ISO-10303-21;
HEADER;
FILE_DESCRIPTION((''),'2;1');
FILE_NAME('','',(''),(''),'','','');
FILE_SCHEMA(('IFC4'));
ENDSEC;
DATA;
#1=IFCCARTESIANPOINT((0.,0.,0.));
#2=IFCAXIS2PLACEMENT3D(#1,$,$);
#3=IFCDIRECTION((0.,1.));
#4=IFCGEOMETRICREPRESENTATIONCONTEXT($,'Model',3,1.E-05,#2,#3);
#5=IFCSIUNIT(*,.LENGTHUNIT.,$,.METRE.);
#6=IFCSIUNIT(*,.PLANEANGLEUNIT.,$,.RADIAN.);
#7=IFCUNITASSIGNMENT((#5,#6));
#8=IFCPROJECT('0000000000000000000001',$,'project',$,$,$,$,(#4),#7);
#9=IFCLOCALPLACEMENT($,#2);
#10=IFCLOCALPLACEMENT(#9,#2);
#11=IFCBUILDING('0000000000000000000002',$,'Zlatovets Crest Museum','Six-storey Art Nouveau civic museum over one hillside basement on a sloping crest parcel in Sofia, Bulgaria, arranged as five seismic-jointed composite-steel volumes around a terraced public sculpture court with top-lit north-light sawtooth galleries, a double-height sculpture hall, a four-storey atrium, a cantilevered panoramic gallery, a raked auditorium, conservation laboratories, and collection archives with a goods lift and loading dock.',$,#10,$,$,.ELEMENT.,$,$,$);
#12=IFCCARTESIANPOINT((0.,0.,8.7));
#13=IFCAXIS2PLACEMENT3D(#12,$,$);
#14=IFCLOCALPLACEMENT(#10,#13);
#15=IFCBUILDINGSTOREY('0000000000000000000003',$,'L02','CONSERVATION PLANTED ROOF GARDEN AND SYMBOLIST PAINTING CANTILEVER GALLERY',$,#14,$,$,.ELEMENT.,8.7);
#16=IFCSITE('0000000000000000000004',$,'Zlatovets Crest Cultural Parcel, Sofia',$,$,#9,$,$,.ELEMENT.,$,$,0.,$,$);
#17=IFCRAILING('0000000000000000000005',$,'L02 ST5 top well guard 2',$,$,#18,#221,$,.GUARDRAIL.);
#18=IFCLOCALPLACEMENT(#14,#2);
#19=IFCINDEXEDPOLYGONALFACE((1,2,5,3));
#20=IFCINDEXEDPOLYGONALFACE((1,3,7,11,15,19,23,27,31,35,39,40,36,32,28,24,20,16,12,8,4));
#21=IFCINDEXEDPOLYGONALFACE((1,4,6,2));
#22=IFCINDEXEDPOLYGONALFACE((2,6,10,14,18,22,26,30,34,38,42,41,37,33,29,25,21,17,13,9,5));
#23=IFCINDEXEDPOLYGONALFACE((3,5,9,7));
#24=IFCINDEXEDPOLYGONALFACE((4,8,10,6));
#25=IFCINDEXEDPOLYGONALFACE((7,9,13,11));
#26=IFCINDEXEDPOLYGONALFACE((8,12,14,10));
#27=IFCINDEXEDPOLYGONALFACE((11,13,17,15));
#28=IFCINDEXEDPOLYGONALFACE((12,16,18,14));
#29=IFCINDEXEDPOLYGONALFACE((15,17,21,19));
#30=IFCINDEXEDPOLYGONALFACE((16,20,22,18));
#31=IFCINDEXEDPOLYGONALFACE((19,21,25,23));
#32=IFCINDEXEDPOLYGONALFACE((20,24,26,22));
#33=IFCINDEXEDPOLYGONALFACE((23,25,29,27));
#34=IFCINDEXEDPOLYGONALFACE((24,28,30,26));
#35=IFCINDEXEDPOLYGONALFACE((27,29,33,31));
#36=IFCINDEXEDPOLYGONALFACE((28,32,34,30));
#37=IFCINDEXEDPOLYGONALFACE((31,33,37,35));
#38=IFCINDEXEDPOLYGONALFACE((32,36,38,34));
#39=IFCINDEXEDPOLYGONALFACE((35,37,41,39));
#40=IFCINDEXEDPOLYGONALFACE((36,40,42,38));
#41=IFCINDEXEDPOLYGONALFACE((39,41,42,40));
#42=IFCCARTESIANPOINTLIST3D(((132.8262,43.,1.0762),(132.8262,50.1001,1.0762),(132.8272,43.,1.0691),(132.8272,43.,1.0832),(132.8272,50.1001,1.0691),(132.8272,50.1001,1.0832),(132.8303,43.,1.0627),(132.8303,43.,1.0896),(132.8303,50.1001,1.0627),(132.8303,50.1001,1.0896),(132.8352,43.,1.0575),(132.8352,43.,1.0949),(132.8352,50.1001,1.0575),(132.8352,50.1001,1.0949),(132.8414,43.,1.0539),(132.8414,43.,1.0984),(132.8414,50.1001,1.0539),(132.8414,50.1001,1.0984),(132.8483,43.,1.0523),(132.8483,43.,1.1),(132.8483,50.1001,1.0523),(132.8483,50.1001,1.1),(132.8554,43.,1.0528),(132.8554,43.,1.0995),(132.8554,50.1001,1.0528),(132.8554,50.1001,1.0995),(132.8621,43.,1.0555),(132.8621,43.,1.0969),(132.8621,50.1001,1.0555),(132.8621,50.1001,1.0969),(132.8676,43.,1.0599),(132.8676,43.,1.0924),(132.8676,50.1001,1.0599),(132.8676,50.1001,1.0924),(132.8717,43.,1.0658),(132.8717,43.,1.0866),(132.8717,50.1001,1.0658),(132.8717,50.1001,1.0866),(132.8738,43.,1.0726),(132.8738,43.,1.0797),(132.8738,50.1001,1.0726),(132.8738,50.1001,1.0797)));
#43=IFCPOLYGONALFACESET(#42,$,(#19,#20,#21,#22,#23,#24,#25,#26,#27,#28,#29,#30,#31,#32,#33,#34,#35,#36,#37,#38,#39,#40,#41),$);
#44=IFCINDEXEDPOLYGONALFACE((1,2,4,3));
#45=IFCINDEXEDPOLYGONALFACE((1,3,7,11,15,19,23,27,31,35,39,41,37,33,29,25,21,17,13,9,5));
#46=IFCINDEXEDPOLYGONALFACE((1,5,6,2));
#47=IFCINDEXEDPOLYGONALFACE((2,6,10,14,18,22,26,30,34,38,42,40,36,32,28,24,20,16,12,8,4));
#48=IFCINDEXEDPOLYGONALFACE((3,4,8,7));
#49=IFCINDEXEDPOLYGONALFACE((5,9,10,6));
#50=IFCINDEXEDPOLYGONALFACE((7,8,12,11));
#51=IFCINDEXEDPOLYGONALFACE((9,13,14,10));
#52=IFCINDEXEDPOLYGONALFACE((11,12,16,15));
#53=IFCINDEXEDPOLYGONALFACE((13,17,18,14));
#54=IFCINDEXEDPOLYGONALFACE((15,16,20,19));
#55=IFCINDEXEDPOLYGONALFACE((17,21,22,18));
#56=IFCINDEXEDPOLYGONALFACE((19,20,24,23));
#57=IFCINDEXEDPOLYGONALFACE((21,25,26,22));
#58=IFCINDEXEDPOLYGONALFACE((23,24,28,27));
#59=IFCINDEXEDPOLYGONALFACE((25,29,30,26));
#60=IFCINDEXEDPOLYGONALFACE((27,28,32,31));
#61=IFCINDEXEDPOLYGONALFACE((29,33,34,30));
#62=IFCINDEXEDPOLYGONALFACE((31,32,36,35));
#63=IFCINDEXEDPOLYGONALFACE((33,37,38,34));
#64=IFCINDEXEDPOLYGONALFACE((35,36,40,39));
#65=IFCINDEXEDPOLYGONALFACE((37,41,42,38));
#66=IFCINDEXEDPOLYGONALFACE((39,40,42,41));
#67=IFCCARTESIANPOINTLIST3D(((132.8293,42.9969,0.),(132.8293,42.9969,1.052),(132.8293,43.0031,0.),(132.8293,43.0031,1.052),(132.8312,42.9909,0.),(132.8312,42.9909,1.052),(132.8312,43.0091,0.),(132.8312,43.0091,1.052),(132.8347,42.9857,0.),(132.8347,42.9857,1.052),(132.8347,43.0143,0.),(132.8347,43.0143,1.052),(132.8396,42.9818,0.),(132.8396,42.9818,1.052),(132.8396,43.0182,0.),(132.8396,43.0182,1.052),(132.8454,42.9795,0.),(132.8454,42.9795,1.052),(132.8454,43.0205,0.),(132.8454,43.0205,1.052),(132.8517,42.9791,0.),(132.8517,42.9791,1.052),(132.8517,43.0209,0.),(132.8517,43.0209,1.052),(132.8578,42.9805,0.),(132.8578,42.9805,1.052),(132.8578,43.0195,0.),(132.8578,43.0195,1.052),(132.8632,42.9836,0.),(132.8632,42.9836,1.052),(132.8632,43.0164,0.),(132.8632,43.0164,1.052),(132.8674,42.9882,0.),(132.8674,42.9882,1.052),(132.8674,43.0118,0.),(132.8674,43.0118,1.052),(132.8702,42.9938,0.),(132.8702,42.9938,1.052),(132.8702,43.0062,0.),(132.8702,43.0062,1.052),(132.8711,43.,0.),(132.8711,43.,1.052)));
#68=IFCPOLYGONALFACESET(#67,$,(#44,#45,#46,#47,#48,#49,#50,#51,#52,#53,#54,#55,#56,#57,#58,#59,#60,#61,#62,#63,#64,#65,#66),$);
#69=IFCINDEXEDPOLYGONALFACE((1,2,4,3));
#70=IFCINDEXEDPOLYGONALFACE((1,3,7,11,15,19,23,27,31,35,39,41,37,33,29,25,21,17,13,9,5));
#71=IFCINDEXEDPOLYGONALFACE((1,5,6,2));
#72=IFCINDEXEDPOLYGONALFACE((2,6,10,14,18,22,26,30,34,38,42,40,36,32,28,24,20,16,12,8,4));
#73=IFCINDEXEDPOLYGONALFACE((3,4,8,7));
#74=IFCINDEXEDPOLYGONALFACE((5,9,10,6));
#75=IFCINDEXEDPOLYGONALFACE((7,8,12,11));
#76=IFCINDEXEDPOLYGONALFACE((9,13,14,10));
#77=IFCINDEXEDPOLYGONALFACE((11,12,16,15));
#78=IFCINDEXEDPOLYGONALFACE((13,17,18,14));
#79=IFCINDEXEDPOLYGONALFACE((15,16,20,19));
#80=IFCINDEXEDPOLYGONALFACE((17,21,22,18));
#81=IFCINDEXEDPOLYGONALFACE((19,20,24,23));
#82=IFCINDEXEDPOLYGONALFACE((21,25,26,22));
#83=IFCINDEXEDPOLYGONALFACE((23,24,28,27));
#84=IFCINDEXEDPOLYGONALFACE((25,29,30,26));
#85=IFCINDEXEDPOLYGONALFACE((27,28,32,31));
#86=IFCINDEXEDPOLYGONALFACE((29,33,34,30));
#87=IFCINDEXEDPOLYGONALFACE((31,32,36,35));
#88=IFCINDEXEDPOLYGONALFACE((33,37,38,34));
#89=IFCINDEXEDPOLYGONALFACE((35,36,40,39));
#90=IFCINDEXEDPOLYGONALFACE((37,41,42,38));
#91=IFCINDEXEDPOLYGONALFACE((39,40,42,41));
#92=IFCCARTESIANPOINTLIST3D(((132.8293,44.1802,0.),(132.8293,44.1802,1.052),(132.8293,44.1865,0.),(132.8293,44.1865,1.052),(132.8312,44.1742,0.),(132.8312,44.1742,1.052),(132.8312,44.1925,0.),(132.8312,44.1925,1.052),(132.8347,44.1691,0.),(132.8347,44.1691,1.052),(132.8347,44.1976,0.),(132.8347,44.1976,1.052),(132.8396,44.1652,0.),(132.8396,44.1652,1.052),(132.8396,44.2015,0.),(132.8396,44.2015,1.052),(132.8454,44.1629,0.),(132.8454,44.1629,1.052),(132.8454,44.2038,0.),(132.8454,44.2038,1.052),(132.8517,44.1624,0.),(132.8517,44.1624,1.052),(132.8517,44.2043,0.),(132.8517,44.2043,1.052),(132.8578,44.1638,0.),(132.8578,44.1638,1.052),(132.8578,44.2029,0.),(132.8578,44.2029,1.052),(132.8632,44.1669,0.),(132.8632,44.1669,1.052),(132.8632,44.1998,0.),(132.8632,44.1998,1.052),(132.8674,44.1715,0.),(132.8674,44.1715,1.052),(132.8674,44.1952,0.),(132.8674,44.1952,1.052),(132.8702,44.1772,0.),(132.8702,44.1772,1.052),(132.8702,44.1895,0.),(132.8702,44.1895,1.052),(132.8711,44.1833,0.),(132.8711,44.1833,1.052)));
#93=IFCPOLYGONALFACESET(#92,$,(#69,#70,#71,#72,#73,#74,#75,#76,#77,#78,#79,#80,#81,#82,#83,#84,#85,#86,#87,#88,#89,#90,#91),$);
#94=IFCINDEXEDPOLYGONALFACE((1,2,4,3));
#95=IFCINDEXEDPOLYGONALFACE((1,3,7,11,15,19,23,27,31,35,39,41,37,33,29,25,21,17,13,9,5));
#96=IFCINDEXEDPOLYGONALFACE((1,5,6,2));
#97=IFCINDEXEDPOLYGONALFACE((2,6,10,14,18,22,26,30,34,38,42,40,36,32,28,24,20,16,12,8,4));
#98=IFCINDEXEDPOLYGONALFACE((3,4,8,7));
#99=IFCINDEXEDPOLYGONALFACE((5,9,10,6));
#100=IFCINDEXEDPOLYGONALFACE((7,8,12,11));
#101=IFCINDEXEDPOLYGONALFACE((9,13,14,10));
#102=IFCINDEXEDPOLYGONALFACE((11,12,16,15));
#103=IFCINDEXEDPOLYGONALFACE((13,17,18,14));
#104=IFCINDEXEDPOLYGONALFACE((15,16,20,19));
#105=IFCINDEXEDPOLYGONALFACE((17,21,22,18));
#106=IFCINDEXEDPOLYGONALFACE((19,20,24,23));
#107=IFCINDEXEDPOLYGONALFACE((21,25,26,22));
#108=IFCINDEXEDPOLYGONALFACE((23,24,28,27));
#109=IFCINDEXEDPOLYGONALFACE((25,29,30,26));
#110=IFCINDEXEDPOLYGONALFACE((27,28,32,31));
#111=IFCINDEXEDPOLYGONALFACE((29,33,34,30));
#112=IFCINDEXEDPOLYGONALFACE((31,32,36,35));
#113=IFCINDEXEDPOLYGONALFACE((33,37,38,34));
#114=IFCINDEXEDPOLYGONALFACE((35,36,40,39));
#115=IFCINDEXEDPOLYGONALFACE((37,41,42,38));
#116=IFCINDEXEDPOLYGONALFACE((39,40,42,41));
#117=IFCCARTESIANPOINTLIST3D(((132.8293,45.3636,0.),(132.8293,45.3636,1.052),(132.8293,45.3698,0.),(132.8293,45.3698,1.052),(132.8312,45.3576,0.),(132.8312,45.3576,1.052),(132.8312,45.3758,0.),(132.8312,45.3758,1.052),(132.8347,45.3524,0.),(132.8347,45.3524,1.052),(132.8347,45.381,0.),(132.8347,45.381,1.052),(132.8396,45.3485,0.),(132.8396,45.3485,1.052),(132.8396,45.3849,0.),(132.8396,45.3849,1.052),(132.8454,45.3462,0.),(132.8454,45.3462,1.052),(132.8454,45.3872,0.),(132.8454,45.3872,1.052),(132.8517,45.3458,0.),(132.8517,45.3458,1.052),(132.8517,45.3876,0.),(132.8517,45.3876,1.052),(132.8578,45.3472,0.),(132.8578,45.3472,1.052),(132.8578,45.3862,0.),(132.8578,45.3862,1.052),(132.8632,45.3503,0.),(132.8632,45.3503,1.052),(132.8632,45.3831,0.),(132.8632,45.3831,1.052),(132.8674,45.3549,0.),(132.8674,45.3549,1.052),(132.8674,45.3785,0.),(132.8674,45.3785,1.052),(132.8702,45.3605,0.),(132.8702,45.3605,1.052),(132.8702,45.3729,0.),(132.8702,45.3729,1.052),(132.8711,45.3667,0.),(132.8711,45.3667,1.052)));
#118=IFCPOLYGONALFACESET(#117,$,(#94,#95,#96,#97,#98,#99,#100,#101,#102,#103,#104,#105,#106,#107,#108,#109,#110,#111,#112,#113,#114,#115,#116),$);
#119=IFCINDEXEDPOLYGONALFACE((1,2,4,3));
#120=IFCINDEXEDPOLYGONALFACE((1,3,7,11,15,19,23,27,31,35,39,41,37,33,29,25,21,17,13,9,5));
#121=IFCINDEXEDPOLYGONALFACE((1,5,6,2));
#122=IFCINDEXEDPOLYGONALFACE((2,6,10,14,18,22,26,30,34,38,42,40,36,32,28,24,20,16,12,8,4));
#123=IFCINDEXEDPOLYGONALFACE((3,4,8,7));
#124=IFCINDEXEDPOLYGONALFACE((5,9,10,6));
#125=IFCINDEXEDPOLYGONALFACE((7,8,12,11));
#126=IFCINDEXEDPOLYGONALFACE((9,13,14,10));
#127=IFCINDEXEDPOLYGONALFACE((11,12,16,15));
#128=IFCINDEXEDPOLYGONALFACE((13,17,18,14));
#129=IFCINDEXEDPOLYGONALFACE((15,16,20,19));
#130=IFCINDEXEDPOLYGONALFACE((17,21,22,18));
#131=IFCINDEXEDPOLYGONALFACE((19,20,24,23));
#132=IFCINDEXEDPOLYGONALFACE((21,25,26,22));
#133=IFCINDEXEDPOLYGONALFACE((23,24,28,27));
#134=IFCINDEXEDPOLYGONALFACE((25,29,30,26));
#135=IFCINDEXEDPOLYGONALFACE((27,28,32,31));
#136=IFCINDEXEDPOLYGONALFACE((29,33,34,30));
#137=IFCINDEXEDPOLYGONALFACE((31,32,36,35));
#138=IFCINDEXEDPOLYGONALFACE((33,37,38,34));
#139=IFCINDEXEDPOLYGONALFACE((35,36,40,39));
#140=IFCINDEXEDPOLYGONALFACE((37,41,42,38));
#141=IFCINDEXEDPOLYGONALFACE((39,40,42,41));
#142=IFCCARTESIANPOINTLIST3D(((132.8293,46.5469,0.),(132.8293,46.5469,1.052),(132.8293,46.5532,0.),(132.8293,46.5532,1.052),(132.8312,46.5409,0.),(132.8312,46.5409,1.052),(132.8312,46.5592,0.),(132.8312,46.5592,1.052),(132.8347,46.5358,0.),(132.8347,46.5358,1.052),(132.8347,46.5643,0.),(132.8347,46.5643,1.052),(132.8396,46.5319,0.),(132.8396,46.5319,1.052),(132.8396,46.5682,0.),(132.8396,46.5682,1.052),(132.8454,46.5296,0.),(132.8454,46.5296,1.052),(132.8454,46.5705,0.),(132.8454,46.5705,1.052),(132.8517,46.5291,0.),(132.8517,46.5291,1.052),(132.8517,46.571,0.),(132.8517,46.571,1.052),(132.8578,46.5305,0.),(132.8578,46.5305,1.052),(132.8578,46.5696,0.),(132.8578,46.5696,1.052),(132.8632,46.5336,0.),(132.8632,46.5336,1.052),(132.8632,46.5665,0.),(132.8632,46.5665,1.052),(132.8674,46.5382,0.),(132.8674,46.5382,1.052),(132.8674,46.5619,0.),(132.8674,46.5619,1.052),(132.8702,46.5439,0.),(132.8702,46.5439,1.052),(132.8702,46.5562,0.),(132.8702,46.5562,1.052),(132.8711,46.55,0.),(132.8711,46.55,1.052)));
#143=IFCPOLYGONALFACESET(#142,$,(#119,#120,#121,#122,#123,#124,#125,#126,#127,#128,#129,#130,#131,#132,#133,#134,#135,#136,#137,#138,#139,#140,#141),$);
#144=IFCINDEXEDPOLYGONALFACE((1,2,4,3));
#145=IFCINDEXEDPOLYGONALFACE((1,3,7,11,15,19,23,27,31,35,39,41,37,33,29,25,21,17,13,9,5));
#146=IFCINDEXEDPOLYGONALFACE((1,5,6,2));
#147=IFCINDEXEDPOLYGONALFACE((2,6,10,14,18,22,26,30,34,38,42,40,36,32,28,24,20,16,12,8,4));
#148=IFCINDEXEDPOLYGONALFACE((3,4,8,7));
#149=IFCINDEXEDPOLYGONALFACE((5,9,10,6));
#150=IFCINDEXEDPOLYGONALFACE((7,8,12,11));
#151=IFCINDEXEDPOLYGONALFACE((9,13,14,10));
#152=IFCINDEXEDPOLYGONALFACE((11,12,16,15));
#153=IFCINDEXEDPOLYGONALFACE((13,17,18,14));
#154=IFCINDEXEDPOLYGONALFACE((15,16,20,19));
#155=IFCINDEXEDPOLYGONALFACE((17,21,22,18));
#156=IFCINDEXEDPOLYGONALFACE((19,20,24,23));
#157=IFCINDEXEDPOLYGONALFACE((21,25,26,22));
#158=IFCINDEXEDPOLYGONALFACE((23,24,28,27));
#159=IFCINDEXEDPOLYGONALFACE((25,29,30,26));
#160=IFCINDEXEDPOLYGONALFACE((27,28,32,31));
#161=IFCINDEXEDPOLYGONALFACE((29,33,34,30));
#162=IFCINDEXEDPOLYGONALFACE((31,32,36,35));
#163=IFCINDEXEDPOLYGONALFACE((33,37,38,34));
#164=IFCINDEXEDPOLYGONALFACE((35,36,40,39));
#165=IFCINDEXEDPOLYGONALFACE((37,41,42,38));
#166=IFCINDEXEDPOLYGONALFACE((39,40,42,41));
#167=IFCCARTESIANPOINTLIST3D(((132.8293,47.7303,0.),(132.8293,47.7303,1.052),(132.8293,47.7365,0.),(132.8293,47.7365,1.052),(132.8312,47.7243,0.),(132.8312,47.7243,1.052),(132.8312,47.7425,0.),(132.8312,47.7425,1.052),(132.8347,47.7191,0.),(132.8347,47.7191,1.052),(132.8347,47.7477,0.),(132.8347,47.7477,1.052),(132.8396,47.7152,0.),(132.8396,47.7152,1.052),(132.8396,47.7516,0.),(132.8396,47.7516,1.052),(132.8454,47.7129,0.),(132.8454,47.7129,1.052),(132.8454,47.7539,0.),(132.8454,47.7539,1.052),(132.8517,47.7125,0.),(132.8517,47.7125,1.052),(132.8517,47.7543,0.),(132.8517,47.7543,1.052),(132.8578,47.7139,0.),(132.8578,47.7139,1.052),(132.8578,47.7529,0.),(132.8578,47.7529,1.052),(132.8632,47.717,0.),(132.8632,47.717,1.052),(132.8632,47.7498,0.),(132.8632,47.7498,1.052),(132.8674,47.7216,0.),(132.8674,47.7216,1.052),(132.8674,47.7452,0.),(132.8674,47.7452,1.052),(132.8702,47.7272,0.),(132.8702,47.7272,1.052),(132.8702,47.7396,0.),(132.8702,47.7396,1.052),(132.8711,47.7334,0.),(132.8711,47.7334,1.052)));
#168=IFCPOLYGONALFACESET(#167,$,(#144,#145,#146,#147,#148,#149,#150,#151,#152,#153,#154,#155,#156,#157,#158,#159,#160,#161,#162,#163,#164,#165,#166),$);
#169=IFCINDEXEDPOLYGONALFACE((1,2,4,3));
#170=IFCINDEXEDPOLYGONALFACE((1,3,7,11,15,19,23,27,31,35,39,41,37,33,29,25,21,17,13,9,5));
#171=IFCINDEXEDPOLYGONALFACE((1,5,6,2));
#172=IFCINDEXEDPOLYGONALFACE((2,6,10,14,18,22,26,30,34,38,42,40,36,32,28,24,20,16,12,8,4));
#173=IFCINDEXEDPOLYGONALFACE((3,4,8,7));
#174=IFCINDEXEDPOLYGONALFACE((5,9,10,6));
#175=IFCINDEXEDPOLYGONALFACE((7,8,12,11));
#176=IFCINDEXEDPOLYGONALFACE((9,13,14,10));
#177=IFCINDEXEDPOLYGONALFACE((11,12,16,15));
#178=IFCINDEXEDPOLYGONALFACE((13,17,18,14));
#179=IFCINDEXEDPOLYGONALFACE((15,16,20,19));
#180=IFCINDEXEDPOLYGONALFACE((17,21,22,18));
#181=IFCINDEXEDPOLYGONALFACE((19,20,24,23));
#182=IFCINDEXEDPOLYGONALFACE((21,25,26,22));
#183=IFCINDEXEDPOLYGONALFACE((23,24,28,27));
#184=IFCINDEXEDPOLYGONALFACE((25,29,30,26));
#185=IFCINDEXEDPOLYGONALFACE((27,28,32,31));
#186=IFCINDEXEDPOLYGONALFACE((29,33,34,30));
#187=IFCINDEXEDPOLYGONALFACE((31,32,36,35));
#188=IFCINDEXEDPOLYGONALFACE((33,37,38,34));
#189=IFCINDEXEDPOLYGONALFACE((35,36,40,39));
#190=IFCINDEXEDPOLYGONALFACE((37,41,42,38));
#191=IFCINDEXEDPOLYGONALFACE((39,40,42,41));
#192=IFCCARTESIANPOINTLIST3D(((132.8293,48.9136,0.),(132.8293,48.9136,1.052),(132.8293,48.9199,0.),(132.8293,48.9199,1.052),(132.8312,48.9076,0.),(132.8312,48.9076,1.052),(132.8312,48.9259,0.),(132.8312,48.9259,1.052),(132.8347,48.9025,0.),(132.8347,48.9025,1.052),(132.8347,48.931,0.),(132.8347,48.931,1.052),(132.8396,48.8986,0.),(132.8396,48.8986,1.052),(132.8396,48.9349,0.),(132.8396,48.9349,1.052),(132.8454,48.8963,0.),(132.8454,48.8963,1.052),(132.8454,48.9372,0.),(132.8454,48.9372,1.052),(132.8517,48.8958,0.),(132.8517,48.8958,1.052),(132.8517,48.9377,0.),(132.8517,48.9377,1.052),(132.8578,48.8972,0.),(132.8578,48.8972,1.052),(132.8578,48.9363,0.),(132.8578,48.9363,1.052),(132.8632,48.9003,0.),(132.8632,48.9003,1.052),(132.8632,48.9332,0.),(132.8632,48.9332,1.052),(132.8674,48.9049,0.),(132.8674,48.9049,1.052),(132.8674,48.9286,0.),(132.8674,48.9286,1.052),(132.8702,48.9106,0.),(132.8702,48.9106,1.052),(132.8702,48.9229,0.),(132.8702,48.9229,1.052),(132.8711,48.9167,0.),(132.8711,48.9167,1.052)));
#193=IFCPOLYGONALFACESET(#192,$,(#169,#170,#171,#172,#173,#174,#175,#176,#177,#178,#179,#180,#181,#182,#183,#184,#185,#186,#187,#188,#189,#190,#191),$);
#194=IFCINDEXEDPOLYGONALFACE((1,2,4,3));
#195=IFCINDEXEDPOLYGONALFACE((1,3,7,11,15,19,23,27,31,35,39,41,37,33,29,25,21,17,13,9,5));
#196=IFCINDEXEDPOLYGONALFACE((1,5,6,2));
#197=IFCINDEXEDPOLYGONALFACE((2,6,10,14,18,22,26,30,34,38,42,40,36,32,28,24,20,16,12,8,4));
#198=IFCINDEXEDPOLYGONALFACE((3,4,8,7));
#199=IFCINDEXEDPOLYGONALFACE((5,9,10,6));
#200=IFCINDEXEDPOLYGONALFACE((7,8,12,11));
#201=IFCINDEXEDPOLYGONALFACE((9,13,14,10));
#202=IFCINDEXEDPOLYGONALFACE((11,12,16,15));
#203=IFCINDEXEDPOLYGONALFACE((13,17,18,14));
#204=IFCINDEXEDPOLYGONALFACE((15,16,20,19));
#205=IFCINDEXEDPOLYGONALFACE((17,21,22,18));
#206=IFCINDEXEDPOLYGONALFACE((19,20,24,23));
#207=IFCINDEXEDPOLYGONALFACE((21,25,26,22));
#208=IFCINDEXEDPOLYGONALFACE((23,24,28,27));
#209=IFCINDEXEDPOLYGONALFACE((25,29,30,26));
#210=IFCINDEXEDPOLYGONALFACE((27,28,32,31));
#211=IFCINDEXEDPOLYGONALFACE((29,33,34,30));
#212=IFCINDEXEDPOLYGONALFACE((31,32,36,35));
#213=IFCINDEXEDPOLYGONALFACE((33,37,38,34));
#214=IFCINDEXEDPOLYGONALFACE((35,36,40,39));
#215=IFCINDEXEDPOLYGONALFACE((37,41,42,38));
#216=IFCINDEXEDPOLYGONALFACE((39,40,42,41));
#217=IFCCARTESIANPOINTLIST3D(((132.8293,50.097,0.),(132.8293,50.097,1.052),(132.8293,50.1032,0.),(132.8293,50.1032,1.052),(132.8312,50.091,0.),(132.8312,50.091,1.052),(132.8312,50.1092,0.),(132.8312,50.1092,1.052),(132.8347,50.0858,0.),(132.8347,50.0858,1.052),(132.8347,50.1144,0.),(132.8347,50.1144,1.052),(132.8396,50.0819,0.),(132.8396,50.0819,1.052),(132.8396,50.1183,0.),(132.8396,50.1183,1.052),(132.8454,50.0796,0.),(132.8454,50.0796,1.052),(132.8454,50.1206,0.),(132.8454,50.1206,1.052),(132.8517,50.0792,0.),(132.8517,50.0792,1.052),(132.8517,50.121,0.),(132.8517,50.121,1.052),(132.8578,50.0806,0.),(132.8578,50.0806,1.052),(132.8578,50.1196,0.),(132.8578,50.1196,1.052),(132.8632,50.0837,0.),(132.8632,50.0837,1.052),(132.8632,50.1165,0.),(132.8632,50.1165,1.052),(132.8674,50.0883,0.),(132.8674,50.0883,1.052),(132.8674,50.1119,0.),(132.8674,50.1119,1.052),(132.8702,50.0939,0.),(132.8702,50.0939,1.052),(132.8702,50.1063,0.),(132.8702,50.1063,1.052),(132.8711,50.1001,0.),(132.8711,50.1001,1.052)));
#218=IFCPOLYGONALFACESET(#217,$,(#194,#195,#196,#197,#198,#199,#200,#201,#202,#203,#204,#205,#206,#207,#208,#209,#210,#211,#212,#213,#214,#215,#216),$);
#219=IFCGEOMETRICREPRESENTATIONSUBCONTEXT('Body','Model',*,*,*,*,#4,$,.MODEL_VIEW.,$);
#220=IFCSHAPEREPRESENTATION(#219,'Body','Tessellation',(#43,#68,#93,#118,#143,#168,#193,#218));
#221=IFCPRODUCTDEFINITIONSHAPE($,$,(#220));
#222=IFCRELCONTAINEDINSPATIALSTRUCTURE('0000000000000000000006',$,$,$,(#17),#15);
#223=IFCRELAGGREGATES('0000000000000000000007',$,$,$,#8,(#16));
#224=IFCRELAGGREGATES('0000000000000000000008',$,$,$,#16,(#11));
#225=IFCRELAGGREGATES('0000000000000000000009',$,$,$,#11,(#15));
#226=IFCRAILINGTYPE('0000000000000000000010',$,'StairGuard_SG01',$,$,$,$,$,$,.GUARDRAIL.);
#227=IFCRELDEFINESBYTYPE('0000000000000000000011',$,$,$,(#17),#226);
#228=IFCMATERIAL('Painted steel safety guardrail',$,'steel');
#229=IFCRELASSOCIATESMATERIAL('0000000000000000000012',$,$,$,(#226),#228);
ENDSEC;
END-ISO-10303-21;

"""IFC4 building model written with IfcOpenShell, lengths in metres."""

from ifc_helpers import new_model, si_unit, direction, frame, origin, origin_2d, place, context, subcontext, project, spatial, circle, extrude, material, type_object, element, save


model = new_model("IFC4")

# Units and contexts
model_context = context("Model", 3, precision=1e-05, world=origin(), true_north=direction((0.0, 1.0)))
body_context = subcontext(model_context, "Body", "Model", "MODEL_VIEW")
ifc_project = project(units=[si_unit("LENGTHUNIT", "METRE"), si_unit("PLANEANGLEUNIT", "RADIAN")], contexts=[model_context])

# Site, building, storey
site_placement = place(None, origin())
site = spatial("IfcSite", under=ifc_project, at=site_placement, Name="Zlatovets Crest Cultural Parcel, Sofia", CompositionType="ELEMENT", RefElevation=0.0)
building_placement = place(site_placement, origin())
building = spatial("IfcBuilding", under=site, at=building_placement, Name="Zlatovets Crest Museum", Description="Six-storey Art Nouveau civic museum over one hillside basement on a sloping crest parcel in Sofia, Bulgaria, arranged as five seismic-jointed composite-steel volumes around a terraced public sculpture court with top-lit north-light sawtooth galleries, a double-height sculpture hall, a four-storey atrium, a cantilevered panoramic gallery, a raked auditorium, conservation laboratories, and collection archives with a goods lift and loading dock.", CompositionType="ELEMENT")
storey_placement = place(building_placement, frame((0.0, 0.0, 8.7)))
storey = spatial("IfcBuildingStorey", under=building, at=storey_placement, Name="L02", Description="CONSERVATION PLANTED ROOF GARDEN AND SYMBOLIST PAINTING CANTILEVER GALLERY", CompositionType="ELEMENT", Elevation=8.7)

# Railing
ifc_material_1 = material(Name="Painted steel safety guardrail", Category="steel")
railing_type = type_object("IfcRailingType", Name="StairGuard_SG01", PredefinedType="GUARDRAIL", material=ifc_material_1)
for number, where, name in (
    (1, (132.8501, 43.0, 0.0), "L02 ST5 top well guard 2"),
):
    element("IfcRailing", number, at=place(storey_placement, frame(where)), inside=storey, type_object=railing_type, Name=name, PredefinedType="GUARDRAIL", context=body_context, shape_type="SweptSolid", body=[
        extrude(circle(Radius=0.0239, at=origin_2d()), frame((0.0, 0.0, 1.0762), z_axis=(0.0, 1.0, 0.0), x_axis=(-1.0, 0.0, 0.0)), (0.0, 0.0, 1.0), 7.1001),
        extrude(circle(Radius=0.021, at=origin_2d()), origin(), (0.0, 0.0, 1.0), 1.052),
        extrude(circle(Radius=0.021, at=origin_2d()), frame((0.0, 1.1833, 0.0)), (0.0, 0.0, 1.0), 1.052),
        extrude(circle(Radius=0.021, at=origin_2d()), frame((0.0, 2.3667, 0.0)), (0.0, 0.0, 1.0), 1.052),
        extrude(circle(Radius=0.021, at=origin_2d()), frame((0.0, 3.55, 0.0)), (0.0, 0.0, 1.0), 1.052),
        extrude(circle(Radius=0.021, at=origin_2d()), frame((0.0, 4.7334, 0.0)), (0.0, 0.0, 1.0), 1.052),
        extrude(circle(Radius=0.021, at=origin_2d()), frame((0.0, 5.9167, 0.0)), (0.0, 0.0, 1.0), 1.052),
        extrude(circle(Radius=0.021, at=origin_2d()), frame((0.0, 7.1001, 0.0)), (0.0, 0.0, 1.0), 1.052),
    ])

save(model, "model.ifc")
